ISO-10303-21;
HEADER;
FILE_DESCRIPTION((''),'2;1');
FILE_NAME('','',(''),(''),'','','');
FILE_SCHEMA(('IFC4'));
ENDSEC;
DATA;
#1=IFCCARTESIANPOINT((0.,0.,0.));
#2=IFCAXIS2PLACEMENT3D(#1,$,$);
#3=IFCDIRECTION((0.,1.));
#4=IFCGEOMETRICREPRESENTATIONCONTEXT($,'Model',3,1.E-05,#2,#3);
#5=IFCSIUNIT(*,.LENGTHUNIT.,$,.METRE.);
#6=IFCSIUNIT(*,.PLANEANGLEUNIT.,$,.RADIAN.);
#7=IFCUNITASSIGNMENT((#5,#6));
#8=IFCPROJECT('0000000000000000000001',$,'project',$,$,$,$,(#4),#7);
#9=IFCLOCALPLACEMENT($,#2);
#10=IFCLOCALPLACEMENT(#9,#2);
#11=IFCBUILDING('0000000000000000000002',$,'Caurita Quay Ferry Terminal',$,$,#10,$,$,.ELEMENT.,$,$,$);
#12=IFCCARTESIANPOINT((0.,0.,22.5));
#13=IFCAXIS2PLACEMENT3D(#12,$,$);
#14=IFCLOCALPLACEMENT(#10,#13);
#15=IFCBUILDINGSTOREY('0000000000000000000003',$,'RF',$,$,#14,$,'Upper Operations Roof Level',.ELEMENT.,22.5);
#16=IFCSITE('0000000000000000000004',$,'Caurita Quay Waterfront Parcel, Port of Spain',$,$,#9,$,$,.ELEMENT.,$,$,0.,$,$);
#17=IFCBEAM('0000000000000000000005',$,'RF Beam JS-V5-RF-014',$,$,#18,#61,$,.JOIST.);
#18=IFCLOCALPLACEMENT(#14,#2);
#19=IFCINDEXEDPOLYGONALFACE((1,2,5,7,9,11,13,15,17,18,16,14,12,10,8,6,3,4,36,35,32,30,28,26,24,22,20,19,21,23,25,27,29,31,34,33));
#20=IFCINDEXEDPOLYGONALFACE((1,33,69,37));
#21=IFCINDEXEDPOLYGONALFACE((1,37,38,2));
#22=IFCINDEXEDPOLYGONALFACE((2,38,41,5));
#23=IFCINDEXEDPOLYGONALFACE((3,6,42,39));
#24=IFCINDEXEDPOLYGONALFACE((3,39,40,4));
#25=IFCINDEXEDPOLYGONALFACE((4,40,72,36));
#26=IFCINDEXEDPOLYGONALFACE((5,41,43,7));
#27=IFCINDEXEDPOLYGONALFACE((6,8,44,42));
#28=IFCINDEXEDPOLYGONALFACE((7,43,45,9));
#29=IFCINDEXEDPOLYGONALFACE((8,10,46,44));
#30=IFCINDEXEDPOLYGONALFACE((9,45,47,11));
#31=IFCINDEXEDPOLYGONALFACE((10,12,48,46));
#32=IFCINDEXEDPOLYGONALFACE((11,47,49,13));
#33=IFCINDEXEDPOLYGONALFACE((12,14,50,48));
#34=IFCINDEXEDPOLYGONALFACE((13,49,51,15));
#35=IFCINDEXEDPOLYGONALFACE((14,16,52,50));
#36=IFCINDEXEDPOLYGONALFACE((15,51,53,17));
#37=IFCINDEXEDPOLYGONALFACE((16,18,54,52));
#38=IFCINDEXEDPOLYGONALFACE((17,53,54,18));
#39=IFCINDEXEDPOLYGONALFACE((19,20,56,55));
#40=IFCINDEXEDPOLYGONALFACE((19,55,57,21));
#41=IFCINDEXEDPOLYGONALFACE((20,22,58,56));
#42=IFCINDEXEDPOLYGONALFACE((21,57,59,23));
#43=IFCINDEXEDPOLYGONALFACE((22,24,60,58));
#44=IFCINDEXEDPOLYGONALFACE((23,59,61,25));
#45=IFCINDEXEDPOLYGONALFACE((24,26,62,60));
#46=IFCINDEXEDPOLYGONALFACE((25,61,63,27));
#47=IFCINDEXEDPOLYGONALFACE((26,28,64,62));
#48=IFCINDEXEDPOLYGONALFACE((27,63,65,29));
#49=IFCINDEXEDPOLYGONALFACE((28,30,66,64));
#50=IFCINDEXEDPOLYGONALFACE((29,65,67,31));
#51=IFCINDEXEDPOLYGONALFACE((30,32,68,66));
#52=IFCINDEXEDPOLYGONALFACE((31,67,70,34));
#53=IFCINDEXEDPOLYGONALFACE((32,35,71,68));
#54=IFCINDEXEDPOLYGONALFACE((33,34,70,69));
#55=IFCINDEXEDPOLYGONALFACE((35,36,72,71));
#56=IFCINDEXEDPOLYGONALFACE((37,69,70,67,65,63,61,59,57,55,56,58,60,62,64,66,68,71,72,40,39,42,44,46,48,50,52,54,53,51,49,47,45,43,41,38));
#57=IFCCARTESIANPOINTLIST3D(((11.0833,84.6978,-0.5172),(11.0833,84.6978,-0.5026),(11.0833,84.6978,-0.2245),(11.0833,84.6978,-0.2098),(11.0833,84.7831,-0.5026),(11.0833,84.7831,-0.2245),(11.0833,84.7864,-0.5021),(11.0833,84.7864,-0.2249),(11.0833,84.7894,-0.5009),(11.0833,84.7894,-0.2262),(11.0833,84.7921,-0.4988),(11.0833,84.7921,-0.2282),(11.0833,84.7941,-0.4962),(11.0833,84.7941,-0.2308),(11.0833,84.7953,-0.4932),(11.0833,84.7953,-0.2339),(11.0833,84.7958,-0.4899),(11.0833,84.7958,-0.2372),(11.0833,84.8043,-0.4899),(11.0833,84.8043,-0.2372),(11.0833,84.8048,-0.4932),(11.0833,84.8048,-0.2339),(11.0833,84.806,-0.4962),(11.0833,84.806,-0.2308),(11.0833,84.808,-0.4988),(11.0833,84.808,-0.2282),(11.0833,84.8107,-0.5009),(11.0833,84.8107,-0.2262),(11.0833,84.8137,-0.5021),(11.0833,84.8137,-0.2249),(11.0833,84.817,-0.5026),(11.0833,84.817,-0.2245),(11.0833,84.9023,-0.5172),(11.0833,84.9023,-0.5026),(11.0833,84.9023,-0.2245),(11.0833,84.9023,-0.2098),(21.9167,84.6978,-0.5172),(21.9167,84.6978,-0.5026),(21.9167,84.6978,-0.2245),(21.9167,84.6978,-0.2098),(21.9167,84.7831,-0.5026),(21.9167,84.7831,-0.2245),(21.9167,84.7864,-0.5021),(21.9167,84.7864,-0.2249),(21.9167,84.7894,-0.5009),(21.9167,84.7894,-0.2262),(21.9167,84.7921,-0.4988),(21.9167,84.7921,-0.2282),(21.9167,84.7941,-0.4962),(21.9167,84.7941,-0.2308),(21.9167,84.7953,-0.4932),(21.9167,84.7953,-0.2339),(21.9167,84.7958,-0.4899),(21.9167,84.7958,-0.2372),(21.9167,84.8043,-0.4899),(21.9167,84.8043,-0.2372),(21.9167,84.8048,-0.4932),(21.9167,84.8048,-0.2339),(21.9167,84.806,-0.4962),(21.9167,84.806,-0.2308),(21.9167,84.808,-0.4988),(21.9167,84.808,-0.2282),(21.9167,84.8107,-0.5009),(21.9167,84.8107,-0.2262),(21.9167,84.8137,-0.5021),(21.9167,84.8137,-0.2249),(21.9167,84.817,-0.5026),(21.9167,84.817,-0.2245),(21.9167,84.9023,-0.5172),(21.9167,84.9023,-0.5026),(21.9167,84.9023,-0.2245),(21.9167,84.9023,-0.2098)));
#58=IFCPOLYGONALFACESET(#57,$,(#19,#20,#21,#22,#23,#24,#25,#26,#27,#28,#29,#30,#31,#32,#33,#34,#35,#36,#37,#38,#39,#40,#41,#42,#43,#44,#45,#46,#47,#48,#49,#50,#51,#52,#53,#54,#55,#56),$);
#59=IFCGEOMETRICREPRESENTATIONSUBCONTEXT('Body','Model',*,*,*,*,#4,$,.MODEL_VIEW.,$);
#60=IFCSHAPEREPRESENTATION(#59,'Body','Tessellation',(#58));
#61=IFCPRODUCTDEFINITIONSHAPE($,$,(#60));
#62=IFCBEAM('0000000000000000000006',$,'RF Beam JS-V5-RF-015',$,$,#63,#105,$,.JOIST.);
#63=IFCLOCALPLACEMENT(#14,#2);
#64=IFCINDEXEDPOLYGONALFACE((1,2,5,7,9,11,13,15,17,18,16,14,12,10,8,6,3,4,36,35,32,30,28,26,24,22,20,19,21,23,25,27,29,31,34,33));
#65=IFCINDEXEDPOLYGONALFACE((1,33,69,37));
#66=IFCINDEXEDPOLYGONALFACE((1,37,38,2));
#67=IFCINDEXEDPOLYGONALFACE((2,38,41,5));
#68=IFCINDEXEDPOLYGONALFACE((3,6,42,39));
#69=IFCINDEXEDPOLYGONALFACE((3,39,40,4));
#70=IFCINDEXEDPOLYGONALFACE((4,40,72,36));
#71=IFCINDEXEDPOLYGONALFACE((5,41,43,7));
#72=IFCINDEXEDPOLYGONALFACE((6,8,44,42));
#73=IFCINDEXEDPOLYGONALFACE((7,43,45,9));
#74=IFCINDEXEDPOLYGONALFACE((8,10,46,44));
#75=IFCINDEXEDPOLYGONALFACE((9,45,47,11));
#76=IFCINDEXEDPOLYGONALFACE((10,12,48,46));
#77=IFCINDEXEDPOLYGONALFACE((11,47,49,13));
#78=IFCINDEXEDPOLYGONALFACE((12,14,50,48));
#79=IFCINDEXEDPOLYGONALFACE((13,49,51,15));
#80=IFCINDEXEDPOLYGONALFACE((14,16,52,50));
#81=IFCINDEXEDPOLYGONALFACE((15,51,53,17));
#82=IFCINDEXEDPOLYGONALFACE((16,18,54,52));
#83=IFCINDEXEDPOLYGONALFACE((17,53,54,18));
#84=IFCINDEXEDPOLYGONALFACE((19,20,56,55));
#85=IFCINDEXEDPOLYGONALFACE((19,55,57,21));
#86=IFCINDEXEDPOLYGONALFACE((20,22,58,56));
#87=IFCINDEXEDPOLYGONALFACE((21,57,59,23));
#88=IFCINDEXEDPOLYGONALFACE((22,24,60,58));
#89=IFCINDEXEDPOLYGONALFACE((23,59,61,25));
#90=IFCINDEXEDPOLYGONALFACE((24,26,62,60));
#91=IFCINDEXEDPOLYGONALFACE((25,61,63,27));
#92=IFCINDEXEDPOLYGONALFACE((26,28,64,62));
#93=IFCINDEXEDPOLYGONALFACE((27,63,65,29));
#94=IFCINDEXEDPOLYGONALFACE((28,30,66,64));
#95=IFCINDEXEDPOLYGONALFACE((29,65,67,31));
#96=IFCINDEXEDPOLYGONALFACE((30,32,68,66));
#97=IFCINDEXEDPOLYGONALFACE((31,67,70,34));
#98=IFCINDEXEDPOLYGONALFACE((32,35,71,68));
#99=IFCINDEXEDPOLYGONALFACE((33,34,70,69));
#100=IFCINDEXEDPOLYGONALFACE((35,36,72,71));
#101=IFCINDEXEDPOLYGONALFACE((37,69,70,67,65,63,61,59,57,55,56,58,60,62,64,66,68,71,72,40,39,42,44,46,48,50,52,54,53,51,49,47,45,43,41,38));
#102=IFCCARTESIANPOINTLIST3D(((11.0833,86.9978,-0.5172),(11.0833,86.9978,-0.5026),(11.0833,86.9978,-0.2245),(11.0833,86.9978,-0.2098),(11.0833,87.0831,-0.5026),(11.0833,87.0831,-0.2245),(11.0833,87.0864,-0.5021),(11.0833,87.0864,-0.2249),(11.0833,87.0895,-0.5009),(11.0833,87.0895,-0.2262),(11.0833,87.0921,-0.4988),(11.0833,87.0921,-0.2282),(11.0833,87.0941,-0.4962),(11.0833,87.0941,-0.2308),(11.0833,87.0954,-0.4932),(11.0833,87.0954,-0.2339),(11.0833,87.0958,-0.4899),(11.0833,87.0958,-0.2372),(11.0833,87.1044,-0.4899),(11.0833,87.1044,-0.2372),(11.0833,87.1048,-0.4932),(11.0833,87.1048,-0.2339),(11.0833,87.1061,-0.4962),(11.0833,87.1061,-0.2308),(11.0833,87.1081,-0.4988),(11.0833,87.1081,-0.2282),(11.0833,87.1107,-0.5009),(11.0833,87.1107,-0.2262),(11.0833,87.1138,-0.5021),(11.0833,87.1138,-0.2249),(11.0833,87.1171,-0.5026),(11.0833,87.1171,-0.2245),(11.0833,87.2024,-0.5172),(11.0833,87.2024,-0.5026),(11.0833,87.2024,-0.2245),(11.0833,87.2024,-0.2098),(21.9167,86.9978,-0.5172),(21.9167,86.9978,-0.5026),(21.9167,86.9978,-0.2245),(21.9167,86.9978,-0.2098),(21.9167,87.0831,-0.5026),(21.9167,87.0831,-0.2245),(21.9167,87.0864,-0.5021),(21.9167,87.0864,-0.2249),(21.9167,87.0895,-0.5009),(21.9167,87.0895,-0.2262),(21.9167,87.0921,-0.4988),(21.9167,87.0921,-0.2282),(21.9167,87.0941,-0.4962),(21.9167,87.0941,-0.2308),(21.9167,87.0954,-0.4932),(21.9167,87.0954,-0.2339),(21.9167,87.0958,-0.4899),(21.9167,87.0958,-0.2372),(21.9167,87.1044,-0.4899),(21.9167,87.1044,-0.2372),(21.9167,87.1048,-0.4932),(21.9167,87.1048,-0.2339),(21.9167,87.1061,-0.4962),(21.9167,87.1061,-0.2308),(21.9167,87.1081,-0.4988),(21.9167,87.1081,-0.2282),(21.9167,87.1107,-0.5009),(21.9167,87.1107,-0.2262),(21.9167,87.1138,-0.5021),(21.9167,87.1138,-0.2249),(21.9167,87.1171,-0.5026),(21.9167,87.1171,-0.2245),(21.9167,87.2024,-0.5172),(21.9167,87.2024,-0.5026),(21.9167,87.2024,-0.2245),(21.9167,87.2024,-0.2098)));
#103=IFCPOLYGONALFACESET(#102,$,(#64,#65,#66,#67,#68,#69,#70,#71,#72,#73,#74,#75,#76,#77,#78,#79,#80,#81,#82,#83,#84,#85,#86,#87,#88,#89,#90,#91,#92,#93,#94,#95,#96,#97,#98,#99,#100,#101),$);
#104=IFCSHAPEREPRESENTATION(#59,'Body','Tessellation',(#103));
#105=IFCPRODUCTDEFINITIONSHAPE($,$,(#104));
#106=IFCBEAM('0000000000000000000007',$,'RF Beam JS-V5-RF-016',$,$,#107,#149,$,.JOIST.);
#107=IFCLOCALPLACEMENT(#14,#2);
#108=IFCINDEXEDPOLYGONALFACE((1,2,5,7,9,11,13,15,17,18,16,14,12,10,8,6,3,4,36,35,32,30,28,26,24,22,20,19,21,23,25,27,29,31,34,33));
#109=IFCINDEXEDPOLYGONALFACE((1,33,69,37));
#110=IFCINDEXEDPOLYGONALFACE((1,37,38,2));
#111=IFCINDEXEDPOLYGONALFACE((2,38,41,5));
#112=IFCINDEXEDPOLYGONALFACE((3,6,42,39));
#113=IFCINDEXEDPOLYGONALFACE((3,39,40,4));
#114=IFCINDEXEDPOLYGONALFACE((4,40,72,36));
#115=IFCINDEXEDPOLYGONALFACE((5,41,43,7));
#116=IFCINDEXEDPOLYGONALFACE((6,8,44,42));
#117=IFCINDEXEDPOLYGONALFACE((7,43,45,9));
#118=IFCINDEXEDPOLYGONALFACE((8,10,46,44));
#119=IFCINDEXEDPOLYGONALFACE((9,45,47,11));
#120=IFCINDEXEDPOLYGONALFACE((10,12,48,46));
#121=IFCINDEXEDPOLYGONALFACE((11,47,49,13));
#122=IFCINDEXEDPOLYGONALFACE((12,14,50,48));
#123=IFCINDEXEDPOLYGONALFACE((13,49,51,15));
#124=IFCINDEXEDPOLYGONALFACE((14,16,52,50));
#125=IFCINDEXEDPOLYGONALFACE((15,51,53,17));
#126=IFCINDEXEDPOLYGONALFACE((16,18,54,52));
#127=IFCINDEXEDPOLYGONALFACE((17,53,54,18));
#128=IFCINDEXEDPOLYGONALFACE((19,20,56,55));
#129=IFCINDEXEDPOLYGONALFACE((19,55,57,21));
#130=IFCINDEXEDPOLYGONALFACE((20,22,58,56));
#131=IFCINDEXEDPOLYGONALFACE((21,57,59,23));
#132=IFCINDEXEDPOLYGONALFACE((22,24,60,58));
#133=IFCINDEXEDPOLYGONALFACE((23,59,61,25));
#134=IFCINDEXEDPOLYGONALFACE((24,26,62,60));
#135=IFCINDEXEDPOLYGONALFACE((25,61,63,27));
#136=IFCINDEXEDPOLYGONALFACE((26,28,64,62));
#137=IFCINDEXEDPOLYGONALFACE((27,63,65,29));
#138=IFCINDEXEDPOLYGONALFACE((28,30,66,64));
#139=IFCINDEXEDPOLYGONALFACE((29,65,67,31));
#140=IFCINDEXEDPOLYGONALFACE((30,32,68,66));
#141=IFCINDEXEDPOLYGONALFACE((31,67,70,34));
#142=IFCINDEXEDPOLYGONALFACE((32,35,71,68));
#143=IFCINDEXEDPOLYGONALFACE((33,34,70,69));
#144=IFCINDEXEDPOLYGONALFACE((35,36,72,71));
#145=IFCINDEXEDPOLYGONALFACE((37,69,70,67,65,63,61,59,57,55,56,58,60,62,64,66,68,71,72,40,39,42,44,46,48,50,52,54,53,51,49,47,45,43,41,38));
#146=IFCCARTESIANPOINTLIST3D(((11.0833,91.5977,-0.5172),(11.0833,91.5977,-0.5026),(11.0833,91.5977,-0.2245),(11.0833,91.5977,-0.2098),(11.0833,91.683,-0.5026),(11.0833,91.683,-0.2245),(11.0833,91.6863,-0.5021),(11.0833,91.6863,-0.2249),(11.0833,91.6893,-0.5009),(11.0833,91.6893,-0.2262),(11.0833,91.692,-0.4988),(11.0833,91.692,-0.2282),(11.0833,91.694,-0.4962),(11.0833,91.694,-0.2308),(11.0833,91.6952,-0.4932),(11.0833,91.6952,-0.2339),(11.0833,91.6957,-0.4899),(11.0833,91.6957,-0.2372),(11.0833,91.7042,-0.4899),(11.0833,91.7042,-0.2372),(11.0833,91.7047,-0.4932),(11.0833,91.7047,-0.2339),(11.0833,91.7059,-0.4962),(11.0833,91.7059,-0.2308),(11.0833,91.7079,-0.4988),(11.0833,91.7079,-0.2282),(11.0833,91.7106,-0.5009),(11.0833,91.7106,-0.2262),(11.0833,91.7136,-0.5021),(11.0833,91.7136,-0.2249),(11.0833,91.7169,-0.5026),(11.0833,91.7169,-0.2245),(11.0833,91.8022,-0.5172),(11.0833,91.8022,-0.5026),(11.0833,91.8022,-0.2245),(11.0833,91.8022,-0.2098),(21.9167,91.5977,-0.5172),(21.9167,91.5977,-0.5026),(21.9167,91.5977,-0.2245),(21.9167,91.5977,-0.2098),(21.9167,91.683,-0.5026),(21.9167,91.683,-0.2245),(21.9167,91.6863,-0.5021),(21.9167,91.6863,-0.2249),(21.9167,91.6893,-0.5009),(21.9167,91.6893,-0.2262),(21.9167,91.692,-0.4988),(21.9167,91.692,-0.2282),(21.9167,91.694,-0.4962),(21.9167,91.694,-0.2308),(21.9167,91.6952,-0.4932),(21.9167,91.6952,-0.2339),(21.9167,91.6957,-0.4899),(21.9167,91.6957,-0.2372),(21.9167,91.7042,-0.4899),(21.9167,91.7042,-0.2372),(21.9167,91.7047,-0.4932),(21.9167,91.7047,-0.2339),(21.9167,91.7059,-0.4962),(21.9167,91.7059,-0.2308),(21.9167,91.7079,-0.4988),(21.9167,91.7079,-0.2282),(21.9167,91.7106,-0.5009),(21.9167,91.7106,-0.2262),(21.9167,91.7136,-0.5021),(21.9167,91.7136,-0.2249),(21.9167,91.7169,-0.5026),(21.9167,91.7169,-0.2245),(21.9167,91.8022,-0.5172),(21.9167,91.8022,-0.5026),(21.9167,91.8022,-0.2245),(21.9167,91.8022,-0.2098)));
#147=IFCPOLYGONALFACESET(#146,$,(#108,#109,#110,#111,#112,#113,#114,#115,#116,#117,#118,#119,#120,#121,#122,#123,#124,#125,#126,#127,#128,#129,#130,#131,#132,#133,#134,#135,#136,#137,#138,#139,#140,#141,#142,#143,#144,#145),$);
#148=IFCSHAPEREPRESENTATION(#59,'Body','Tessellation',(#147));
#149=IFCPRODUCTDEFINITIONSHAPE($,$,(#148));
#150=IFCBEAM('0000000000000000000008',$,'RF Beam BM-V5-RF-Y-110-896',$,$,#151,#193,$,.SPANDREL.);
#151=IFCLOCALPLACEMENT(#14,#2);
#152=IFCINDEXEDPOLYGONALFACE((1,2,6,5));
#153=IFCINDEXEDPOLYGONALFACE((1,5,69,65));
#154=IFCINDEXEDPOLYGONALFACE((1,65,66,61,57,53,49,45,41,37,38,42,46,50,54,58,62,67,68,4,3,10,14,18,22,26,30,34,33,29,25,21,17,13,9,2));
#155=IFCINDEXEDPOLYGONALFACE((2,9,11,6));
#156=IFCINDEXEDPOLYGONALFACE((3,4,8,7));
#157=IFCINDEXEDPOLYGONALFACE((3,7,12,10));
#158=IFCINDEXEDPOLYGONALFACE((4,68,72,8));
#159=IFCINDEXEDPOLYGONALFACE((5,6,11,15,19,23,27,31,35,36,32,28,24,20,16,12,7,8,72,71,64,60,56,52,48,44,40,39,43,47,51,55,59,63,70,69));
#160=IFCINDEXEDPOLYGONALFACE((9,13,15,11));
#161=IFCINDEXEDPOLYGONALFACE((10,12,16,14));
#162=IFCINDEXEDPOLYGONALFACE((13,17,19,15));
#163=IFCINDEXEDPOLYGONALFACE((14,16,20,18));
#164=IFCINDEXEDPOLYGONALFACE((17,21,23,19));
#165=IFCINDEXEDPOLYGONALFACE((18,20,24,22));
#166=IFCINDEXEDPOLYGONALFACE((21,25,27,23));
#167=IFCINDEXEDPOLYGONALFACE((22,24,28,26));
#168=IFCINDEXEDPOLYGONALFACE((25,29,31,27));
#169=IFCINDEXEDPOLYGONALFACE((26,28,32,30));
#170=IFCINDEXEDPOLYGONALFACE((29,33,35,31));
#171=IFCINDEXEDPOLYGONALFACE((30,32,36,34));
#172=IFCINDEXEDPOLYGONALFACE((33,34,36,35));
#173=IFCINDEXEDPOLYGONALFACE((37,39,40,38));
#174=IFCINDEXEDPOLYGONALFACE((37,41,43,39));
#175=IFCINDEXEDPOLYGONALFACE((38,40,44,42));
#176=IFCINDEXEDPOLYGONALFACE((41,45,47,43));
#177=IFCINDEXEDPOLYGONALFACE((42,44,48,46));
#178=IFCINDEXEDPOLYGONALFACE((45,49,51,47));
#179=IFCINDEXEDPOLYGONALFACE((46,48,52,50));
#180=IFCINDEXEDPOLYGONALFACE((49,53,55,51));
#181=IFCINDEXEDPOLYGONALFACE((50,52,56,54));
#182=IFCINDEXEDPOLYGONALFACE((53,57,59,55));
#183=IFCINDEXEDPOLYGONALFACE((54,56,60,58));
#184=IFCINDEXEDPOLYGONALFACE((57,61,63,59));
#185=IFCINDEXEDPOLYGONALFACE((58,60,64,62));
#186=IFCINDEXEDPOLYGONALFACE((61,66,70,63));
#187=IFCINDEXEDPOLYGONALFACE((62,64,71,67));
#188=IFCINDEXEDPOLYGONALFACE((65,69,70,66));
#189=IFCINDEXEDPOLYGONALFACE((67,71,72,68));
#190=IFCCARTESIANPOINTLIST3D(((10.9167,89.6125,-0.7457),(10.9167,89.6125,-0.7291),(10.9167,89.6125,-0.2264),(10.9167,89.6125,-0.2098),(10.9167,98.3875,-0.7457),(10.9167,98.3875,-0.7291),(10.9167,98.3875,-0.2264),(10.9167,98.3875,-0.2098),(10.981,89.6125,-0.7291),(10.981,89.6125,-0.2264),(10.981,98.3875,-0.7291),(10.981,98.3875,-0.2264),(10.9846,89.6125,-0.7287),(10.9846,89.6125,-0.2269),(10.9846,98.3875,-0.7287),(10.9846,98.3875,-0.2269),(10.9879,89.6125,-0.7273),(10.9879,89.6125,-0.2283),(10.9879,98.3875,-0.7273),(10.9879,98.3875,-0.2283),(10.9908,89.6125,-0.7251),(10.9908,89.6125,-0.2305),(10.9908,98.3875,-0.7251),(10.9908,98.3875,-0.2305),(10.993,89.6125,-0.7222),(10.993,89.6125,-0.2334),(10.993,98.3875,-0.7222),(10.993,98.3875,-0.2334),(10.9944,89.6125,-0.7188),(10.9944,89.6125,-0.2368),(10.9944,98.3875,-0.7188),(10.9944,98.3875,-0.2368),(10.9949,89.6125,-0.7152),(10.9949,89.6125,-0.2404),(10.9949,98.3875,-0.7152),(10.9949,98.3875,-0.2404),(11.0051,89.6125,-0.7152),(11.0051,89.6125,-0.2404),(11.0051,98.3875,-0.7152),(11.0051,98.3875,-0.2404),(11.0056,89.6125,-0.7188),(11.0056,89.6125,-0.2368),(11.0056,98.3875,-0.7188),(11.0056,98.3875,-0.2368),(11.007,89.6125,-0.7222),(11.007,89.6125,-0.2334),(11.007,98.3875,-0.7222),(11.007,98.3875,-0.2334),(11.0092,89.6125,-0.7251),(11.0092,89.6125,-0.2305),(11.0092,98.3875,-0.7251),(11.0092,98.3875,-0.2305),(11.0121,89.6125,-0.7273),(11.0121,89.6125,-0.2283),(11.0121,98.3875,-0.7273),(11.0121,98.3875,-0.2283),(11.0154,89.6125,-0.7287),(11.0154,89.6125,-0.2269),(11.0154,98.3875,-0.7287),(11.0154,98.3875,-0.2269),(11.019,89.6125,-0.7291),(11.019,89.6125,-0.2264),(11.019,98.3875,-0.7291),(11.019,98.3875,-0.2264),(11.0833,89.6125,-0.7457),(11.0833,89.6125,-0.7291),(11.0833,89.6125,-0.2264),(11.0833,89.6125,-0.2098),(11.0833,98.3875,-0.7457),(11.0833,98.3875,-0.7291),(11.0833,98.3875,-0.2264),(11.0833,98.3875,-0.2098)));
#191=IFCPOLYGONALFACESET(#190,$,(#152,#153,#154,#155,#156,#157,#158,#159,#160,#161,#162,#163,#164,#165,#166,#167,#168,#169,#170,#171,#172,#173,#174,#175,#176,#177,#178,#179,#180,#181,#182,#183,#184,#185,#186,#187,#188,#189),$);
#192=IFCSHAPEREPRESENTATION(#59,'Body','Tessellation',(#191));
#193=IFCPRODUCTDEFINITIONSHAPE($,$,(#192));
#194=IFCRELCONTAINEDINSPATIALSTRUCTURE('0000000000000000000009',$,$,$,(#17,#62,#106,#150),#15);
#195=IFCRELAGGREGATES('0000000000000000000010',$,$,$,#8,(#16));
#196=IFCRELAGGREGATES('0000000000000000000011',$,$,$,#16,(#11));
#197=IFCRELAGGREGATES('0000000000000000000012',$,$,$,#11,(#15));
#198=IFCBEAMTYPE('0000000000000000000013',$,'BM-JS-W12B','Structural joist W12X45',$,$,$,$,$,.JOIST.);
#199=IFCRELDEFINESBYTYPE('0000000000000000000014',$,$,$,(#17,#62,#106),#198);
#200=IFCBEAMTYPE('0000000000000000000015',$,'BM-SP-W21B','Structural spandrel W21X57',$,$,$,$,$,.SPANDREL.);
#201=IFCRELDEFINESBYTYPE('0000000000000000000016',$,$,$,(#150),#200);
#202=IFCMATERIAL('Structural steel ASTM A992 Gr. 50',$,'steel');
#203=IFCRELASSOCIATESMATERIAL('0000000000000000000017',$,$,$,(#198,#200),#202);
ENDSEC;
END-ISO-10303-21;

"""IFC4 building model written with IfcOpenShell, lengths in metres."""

from ifc_helpers import new_model, si_unit, direction, frame, origin, origin_2d, place, context, subcontext, project, spatial, i_section, extrude, material, material_profile, profile_set, type_object, element, save


model = new_model("IFC4")

# Units and contexts
model_context = context("Model", 3, precision=1e-05, world=origin(), true_north=direction((0.0, 1.0)))
body_context = subcontext(model_context, "Body", "Model", "MODEL_VIEW")
ifc_project = project(units=[si_unit("LENGTHUNIT", "METRE"), si_unit("PLANEANGLEUNIT", "RADIAN")], contexts=[model_context])

# Site, building, storey
site_placement = place(None, origin())
site = spatial("IfcSite", under=ifc_project, at=site_placement, Name="Caurita Quay Waterfront Parcel, Port of Spain", CompositionType="ELEMENT", RefElevation=0.0)
building_placement = place(site_placement, origin())
building = spatial("IfcBuilding", under=site, at=building_placement, Name="Caurita Quay Ferry Terminal", CompositionType="ELEMENT")
storey_placement = place(building_placement, frame((0.0, 0.0, 22.5)))
storey = spatial("IfcBuildingStorey", under=building, at=storey_placement, Name="RF", LongName="Upper Operations Roof Level", CompositionType="ELEMENT", Elevation=22.5)

# Beams
ifc_material_1 = material(Name="Structural steel ASTM A992 Gr. 50", Category="steel")
ifc_material_profile_1 = material_profile(ifc_material_1, i_section(OverallWidth=0.2046, OverallDepth=0.3074, WebThickness=0.0085, FlangeThickness=0.0146, FilletRadius=0.0127, at=origin_2d()), Name="W12X45")
ifc_profile_set_1 = profile_set([ifc_material_profile_1], Name="Structural steel ASTM A992 Gr. 50")
beam_type_1 = type_object("IfcBeamType", Name="BM-JS-W12B", Description="Structural joist W12X45", PredefinedType="JOIST", material=ifc_profile_set_1)
for number, where, z_axis, x_axis, name in (
    (1, (11.0833, 84.8, -0.3635), (1.0, 0.0, 0.0), (0.0, 1.0, 0.0), "RF Beam JS-V5-RF-014"),
    (2, (11.0833, 87.1001, -0.3635), (1.0, 0.0, 0.0), (0.0, 1.0, 0.0), "RF Beam JS-V5-RF-015"),
    (3, (11.0833, 91.7, -0.3635), (1.0, 0.0, 0.0), (0.0, 1.0, 0.0), "RF Beam JS-V5-RF-016"),
):
    element("IfcBeam", number, at=place(storey_placement, frame(where, z_axis=z_axis, x_axis=x_axis)), inside=storey, type_object=beam_type_1, Name=name, PredefinedType="JOIST", context=body_context, shape_type="SweptSolid", body=[
        extrude(i_section(OverallWidth=0.2046, OverallDepth=0.3074, WebThickness=0.0085, FlangeThickness=0.0146, FilletRadius=0.0127, at=origin_2d()), origin(), (0.0, 0.0, 1.0), 10.8335),
    ])
ifc_material_profile_2 = material_profile(ifc_material_1, i_section(OverallWidth=0.1665, OverallDepth=0.5359, WebThickness=0.0103, FlangeThickness=0.0166, FilletRadius=0.0139, at=origin_2d()), Name="W21X57")
ifc_profile_set_2 = profile_set([ifc_material_profile_2], Name="Structural steel ASTM A992 Gr. 50")
beam_type_2 = type_object("IfcBeamType", Name="BM-SP-W21B", Description="Structural spandrel W21X57", PredefinedType="SPANDREL", material=ifc_profile_set_2)
for number, where, z_axis, x_axis, name in (
    (4, (11.0, 89.6125, -0.4778), (0.0, 1.0, 0.0), (-1.0, 0.0, 0.0), "RF Beam BM-V5-RF-Y-110-896"),
):
    element("IfcBeam", number, at=place(storey_placement, frame(where, z_axis=z_axis, x_axis=x_axis)), inside=storey, type_object=beam_type_2, Name=name, PredefinedType="SPANDREL", context=body_context, shape_type="SweptSolid", body=[
        extrude(i_section(OverallWidth=0.1665, OverallDepth=0.5359, WebThickness=0.0103, FlangeThickness=0.0166, FilletRadius=0.0139, at=origin_2d()), origin(), (0.0, 0.0, 1.0), 8.7749),
    ])

save(model, "model.ifc")
